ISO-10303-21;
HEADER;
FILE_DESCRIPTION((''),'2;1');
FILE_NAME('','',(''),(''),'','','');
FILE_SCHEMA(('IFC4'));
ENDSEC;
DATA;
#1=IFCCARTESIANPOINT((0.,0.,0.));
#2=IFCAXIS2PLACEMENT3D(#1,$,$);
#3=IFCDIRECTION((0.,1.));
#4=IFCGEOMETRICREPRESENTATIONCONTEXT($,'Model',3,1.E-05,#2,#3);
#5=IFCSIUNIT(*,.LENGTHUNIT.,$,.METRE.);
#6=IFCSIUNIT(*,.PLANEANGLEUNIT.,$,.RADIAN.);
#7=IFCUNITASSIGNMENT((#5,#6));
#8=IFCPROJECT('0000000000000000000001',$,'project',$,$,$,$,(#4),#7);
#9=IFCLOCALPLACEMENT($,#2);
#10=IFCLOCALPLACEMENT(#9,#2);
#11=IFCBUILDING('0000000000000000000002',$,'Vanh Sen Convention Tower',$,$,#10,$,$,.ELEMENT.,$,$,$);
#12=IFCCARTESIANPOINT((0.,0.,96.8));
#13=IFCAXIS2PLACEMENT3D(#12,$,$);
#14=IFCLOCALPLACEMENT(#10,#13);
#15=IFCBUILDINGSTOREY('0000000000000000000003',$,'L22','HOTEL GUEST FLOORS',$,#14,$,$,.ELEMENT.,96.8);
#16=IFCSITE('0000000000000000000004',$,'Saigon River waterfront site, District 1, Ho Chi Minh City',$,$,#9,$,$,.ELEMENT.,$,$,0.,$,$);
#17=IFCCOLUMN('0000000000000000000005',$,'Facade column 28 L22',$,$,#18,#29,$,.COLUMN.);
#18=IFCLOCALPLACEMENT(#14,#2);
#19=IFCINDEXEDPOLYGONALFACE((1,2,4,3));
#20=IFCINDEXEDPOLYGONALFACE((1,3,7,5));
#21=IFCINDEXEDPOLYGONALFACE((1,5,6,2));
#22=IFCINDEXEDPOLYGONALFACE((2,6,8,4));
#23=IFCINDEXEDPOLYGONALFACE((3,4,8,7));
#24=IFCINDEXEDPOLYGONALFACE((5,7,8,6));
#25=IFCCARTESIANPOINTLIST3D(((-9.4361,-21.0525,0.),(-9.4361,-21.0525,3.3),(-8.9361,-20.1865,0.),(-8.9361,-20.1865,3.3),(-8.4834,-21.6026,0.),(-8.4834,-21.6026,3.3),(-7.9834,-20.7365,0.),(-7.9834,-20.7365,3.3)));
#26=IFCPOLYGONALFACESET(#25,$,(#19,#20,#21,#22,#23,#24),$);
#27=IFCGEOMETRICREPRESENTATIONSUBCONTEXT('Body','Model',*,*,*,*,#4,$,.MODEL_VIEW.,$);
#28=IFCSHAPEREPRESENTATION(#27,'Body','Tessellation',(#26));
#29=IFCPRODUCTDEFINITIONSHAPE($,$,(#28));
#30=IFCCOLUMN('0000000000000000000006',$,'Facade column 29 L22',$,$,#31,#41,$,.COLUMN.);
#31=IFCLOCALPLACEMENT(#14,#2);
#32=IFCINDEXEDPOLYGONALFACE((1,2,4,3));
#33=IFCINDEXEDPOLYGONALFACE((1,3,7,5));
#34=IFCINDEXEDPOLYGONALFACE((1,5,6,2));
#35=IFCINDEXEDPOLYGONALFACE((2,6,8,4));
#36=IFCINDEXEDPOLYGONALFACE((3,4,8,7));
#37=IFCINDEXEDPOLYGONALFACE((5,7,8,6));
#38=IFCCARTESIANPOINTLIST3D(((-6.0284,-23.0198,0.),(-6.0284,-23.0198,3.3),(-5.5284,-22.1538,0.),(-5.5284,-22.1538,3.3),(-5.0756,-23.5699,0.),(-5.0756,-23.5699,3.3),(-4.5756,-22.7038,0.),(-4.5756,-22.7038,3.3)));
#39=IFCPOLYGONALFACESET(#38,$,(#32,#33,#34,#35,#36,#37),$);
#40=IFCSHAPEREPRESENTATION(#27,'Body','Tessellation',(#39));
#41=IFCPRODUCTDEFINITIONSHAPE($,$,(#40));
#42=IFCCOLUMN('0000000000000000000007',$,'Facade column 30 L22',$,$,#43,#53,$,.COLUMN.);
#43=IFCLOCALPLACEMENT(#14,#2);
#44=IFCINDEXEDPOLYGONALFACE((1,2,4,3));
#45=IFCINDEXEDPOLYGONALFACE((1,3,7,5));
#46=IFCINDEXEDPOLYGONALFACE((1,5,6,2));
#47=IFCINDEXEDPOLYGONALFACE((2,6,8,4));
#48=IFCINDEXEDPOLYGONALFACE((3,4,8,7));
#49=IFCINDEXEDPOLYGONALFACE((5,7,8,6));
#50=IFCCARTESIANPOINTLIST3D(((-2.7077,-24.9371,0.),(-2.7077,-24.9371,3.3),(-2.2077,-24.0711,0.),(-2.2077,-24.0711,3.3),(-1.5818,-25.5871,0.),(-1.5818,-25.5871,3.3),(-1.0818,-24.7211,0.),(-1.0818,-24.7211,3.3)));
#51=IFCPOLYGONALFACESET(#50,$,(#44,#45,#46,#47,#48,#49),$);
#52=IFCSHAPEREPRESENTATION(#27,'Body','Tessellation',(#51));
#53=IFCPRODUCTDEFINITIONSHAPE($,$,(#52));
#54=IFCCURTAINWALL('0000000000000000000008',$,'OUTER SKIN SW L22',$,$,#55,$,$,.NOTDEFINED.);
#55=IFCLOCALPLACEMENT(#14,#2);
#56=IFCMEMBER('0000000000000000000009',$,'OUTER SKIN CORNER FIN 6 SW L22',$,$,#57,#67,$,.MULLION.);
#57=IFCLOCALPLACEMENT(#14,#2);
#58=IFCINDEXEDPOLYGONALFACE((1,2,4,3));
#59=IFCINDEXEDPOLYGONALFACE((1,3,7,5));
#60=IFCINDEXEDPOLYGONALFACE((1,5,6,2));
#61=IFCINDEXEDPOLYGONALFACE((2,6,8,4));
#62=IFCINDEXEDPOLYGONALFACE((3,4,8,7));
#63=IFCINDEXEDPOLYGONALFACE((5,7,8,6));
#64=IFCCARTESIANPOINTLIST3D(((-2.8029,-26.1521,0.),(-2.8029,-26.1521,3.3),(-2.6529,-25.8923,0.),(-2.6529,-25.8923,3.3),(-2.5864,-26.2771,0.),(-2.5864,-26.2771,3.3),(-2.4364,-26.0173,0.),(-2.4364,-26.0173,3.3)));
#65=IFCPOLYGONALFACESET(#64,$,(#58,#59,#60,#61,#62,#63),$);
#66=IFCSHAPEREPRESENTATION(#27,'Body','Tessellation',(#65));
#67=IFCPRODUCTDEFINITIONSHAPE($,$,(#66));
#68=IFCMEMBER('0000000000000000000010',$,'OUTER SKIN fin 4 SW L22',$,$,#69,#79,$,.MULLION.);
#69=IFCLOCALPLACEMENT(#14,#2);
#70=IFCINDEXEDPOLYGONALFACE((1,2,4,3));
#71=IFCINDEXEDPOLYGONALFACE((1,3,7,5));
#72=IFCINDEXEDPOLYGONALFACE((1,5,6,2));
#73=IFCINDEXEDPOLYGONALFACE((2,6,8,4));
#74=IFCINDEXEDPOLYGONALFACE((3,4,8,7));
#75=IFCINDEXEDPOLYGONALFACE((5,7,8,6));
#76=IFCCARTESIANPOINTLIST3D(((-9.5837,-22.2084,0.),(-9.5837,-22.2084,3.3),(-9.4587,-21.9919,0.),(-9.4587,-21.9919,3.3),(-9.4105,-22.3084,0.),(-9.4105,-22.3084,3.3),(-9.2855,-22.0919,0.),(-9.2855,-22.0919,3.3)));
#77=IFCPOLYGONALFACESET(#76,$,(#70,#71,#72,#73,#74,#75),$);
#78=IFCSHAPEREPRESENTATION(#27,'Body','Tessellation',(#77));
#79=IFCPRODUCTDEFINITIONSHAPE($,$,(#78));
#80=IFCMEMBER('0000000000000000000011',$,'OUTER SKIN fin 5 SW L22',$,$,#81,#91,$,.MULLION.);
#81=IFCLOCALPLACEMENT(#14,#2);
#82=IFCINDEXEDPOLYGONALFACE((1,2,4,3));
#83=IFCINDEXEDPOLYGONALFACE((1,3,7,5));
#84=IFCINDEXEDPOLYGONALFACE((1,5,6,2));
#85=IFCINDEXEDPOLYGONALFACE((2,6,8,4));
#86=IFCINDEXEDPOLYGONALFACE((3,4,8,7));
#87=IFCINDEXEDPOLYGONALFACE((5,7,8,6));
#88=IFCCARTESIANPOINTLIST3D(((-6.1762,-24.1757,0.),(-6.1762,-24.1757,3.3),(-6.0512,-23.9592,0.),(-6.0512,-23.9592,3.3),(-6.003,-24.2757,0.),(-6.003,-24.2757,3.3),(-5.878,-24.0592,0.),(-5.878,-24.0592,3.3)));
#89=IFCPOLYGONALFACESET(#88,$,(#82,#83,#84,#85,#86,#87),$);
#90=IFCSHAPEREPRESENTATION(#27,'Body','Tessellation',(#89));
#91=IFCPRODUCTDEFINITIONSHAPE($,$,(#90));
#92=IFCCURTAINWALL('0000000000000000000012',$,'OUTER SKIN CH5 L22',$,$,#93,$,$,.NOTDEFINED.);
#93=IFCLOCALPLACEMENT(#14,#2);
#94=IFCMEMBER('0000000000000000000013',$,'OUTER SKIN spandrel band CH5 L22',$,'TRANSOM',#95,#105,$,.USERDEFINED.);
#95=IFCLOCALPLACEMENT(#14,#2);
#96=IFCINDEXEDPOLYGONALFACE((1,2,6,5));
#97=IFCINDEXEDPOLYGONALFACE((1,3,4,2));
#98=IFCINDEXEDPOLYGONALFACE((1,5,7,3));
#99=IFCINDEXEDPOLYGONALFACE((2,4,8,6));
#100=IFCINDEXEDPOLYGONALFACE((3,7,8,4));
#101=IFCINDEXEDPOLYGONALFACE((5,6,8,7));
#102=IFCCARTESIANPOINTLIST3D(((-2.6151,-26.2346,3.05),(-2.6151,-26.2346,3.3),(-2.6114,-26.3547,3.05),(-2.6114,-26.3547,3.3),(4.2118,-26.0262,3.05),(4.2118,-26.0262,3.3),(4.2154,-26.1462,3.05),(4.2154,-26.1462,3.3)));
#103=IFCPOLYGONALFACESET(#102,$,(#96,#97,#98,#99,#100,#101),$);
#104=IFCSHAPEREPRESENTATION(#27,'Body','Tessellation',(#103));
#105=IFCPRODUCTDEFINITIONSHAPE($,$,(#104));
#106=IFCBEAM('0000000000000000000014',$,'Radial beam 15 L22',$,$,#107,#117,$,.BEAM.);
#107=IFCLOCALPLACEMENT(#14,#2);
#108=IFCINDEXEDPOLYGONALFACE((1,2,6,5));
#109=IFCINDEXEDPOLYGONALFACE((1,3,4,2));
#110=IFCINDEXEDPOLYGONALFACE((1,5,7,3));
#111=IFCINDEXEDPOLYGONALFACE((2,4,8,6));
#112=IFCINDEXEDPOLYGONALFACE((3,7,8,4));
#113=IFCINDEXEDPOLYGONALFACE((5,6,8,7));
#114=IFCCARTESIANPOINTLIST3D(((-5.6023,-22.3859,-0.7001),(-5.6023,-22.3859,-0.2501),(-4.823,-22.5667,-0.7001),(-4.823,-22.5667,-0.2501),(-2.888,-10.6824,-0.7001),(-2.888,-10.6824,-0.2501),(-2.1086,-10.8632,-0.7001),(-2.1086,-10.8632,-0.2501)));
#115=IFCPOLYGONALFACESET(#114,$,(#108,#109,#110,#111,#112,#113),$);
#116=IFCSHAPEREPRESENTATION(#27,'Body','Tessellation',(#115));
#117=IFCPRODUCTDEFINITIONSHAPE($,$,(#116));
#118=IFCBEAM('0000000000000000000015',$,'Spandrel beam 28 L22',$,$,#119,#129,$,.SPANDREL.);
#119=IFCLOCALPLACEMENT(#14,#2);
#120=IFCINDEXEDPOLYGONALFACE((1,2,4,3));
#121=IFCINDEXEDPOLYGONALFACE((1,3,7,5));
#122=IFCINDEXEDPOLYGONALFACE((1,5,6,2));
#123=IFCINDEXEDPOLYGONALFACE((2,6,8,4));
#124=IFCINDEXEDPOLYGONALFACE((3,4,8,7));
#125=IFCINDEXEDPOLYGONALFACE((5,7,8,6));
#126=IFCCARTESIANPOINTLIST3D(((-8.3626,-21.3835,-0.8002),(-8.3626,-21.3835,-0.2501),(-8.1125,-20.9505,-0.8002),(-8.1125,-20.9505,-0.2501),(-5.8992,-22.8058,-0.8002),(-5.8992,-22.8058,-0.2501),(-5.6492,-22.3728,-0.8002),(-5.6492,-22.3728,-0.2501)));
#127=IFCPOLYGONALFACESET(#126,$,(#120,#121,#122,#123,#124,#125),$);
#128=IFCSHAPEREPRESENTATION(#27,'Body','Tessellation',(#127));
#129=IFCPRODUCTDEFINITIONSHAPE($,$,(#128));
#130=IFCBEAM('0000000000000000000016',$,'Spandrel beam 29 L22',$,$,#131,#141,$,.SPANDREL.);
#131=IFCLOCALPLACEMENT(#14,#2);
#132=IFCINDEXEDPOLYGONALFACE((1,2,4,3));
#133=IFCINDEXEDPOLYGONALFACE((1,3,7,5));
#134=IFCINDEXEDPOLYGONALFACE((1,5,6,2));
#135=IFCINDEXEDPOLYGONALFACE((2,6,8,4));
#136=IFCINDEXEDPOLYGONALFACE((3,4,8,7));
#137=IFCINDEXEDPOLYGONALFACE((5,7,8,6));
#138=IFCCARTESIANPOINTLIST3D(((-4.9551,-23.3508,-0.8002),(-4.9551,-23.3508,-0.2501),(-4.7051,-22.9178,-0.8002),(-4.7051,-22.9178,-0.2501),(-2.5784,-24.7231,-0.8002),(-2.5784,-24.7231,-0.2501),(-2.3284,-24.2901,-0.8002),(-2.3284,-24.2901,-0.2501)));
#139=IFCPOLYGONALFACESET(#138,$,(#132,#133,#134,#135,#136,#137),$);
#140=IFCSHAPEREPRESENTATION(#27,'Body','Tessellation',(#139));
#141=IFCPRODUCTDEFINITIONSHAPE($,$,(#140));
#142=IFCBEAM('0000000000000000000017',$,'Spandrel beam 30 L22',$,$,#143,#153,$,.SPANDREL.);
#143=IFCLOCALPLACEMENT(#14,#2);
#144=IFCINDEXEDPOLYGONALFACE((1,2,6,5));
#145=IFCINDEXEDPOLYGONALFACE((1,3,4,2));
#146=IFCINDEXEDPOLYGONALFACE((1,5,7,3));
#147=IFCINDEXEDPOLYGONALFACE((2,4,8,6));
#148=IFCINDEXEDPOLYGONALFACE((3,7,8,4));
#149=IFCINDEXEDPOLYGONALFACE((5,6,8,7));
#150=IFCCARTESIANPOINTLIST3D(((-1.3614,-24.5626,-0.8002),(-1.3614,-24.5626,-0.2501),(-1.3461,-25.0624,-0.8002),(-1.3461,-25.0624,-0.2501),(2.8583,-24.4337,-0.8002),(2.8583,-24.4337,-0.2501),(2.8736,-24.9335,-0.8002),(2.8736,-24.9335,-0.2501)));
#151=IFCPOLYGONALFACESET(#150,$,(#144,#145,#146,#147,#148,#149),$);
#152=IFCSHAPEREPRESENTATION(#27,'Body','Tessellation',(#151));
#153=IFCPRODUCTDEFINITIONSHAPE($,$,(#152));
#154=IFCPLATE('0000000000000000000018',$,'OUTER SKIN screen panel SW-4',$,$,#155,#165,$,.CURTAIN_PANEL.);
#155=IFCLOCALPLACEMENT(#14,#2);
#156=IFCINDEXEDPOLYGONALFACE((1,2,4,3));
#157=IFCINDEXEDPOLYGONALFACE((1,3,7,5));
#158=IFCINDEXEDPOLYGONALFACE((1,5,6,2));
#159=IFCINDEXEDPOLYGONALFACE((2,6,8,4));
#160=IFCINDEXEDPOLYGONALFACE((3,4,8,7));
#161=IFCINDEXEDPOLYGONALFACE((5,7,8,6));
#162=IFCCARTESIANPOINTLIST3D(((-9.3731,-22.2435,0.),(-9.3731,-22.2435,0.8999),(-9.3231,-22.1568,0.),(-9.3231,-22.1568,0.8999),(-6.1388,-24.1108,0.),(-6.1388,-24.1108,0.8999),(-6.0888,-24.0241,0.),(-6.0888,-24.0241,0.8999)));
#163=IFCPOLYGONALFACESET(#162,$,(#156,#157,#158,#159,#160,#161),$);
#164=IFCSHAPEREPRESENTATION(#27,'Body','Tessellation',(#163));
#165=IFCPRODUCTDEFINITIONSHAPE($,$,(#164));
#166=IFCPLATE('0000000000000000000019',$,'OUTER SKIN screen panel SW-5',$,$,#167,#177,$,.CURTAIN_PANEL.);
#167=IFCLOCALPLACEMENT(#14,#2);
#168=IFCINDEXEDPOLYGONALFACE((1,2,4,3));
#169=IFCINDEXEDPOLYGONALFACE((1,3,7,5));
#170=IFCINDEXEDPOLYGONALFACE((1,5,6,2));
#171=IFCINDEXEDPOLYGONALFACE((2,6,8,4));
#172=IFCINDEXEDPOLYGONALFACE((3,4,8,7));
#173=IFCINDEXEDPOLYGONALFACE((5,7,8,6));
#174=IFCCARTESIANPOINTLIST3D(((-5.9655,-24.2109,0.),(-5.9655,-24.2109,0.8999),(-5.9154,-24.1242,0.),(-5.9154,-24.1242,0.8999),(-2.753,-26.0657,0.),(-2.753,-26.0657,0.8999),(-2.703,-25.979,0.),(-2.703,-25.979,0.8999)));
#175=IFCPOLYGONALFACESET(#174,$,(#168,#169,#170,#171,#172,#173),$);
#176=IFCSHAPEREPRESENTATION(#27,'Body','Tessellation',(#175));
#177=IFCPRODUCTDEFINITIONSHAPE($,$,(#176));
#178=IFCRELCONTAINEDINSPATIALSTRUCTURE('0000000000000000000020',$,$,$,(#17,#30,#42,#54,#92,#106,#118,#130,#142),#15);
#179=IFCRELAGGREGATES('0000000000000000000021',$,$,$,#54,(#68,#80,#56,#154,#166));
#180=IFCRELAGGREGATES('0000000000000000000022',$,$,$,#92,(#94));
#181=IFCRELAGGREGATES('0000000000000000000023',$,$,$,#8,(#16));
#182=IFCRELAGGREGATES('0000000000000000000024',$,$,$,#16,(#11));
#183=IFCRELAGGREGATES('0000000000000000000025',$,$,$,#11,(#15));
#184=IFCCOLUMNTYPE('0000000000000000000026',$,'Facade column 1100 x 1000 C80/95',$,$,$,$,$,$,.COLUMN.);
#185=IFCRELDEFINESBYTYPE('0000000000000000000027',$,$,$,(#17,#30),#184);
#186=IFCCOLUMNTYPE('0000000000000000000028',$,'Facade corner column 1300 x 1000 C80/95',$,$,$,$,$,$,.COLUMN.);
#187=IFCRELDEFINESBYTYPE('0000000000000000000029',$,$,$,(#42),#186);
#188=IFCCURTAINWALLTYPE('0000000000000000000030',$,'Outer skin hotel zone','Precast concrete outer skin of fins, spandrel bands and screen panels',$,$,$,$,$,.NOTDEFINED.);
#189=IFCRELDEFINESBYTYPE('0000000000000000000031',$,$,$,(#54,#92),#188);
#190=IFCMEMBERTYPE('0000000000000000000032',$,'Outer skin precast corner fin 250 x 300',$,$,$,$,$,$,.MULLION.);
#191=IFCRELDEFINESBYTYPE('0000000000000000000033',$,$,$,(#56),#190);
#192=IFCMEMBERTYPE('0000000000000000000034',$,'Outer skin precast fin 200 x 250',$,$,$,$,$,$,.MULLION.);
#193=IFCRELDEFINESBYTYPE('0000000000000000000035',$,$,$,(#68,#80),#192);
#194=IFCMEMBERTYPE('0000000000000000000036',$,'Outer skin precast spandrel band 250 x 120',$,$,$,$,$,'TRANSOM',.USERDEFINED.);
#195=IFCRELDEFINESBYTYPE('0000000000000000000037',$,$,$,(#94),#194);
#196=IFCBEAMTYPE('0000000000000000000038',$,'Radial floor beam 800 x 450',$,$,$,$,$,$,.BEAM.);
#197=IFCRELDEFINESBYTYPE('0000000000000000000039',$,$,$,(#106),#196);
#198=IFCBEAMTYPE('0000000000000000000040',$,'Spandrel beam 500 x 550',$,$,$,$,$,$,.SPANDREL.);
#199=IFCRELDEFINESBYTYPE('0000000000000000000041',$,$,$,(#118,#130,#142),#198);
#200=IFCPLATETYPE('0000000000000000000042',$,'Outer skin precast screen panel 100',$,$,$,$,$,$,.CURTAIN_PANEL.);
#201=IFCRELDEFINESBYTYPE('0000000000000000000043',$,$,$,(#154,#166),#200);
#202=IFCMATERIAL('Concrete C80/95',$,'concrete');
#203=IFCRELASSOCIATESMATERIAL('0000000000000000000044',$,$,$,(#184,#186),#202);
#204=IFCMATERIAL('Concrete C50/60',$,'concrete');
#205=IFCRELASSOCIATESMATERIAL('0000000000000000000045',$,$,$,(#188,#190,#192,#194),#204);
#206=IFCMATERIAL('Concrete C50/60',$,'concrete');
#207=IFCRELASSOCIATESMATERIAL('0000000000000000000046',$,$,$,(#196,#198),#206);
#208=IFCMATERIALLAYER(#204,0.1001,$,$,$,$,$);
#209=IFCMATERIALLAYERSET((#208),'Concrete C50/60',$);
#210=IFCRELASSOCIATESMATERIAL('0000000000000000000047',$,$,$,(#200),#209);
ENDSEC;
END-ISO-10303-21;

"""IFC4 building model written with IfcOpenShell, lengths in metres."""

from ifc_helpers import new_model, si_unit, direction, frame, origin, origin_2d, place, context, subcontext, project, spatial, rectangle, extrude, material, layer, layer_set, material_profile, profile_set, type_object, element, aggregate, save


model = new_model("IFC4")

# Units and contexts
model_context = context("Model", 3, precision=1e-05, world=origin(), true_north=direction((0.0, 1.0)))
body_context = subcontext(model_context, "Body", "Model", "MODEL_VIEW")
ifc_project = project(units=[si_unit("LENGTHUNIT", "METRE"), si_unit("PLANEANGLEUNIT", "RADIAN")], contexts=[model_context])

# Site, building, storey
site_placement = place(None, origin())
site = spatial("IfcSite", under=ifc_project, at=site_placement, Name="Saigon River waterfront site, District 1, Ho Chi Minh City", CompositionType="ELEMENT", RefElevation=0.0)
building_placement = place(site_placement, origin())
building = spatial("IfcBuilding", under=site, at=building_placement, Name="Vanh Sen Convention Tower", CompositionType="ELEMENT")
storey_placement = place(building_placement, frame((0.0, 0.0, 96.8)))
storey = spatial("IfcBuildingStorey", under=building, at=storey_placement, Name="L22", Description="HOTEL GUEST FLOORS", CompositionType="ELEMENT", Elevation=96.8)

# Columns
ifc_material_1 = material(Name="Concrete C80/95", Category="concrete")
ifc_material_profile_1 = material_profile(ifc_material_1, rectangle(XDim=1.1001, YDim=1.0, at=origin_2d()), Name="RC 1100X1000")
ifc_profile_set_1 = profile_set([ifc_material_profile_1], Name="Concrete C80/95")
column_type_1 = type_object("IfcColumnType", Name="Facade column 1100 x 1000 C80/95", PredefinedType="COLUMN", material=ifc_profile_set_1)
for number, where, z_axis, x_axis, name in (
    (1, (-8.7097, -20.8945, 0.0), (0.0, 0.0, 1.0), (0.866025, -0.5, 0.0), "Facade column 28 L22"),
    (2, (-5.302, -22.8618, 0.0), (0.0, 0.0, 1.0), (0.866025, -0.5, 0.0), "Facade column 29 L22"),
):
    element("IfcColumn", number, at=place(storey_placement, frame(where, z_axis=z_axis, x_axis=x_axis)), inside=storey, type_object=column_type_1, Name=name, PredefinedType="COLUMN", context=body_context, shape_type="SweptSolid", body=[
        extrude(rectangle(XDim=1.1001, YDim=1.0, at=origin_2d()), origin(), (0.0, 0.0, 1.0), 3.3),
    ])
ifc_material_profile_2 = material_profile(ifc_material_1, rectangle(XDim=1.3, YDim=1.0, at=origin_2d()), Name="RC 1300X1000")
ifc_profile_set_2 = profile_set([ifc_material_profile_2], Name="Concrete C80/95")
column_type_2 = type_object("IfcColumnType", Name="Facade corner column 1300 x 1000 C80/95", PredefinedType="COLUMN", material=ifc_profile_set_2)
column_placement = place(storey_placement, frame((-1.8948, -24.8291, 0.0), z_axis=(0.0, 0.0, 1.0), x_axis=(0.866025, -0.5, 0.0)))
element("IfcColumn", 3, at=column_placement, inside=storey, type_object=column_type_2, Name="Facade column 30 L22", PredefinedType="COLUMN", context=body_context, shape_type="SweptSolid", body=[
    extrude(rectangle(XDim=1.3, YDim=1.0, at=origin_2d()), origin(), (0.0, 0.0, 1.0), 3.3),
])

# Curtain wall, members
ifc_material_2 = material(Name="Concrete C50/60", Category="concrete")
curtain_wall_type = type_object("IfcCurtainWallType", Name="Outer skin hotel zone", Description="Precast concrete outer skin of fins, spandrel bands and screen panels", PredefinedType="NOTDEFINED", material=ifc_material_2)
curtain_wall_1_placement = place(storey_placement, origin())
curtain_wall_1 = element("IfcCurtainWall", 4, at=curtain_wall_1_placement, inside=storey, type_object=curtain_wall_type, Name="OUTER SKIN SW L22", PredefinedType="NOTDEFINED")
ifc_material_profile_3 = material_profile(ifc_material_2, rectangle(XDim=0.25, YDim=0.3, at=origin_2d()), Name="Outer skin precast corner fin 250 x 300")
ifc_profile_set_3 = profile_set([ifc_material_profile_3], Name="Concrete C50/60")
member_type_1 = type_object("IfcMemberType", Name="Outer skin precast corner fin 250 x 300", PredefinedType="MULLION", material=ifc_profile_set_3)
member_1_placement = place(storey_placement, frame((-2.6196, -26.0847, 0.0), z_axis=(0.0, 0.0, 1.0), x_axis=(0.866025, -0.5, 0.0)))
member_1 = element("IfcMember", 5, at=member_1_placement, type_object=member_type_1, Name="OUTER SKIN CORNER FIN 6 SW L22", PredefinedType="MULLION", context=body_context, shape_type="SweptSolid", body=[
    extrude(rectangle(XDim=0.25, YDim=0.3, at=origin_2d()), origin(), (0.0, 0.0, 1.0), 3.3),
])
ifc_material_profile_4 = material_profile(ifc_material_2, rectangle(XDim=0.2, YDim=0.25, at=origin_2d()), Name="Outer skin precast fin 200 x 250")
ifc_profile_set_4 = profile_set([ifc_material_profile_4], Name="Concrete C50/60")
member_type_2 = type_object("IfcMemberType", Name="Outer skin precast fin 200 x 250", PredefinedType="MULLION", material=ifc_profile_set_4)
member_2_placement = place(storey_placement, frame((-9.4346, -22.1501, 0.0), z_axis=(0.0, 0.0, 1.0), x_axis=(0.866025, -0.5, 0.0)))
member_2 = element("IfcMember", 6, at=member_2_placement, type_object=member_type_2, Name="OUTER SKIN fin 4 SW L22", PredefinedType="MULLION", context=body_context, shape_type="SweptSolid", body=[
    extrude(rectangle(XDim=0.2, YDim=0.25, at=origin_2d()), origin(), (0.0, 0.0, 1.0), 3.3),
])
member_3_placement = place(storey_placement, frame((-6.0271, -24.1174, 0.0), z_axis=(0.0, 0.0, 1.0), x_axis=(0.866025, -0.5, 0.0)))
member_3 = element("IfcMember", 7, at=member_3_placement, type_object=member_type_2, Name="OUTER SKIN fin 5 SW L22", PredefinedType="MULLION", context=body_context, shape_type="SweptSolid", body=[
    extrude(rectangle(XDim=0.2, YDim=0.25, at=origin_2d()), origin(), (0.0, 0.0, 1.0), 3.3),
])

# Curtain wall, member
curtain_wall_2_placement = place(storey_placement, origin())
curtain_wall_2 = element("IfcCurtainWall", 8, at=curtain_wall_2_placement, inside=storey, type_object=curtain_wall_type, Name="OUTER SKIN CH5 L22", PredefinedType="NOTDEFINED")
ifc_material_profile_5 = material_profile(ifc_material_2, rectangle(XDim=0.1201, YDim=0.25, at=origin_2d()), Name="Outer skin precast spandrel band 250 x 120")
ifc_profile_set_5 = profile_set([ifc_material_profile_5], Name="Concrete C50/60")
member_type_3 = type_object("IfcMemberType", Name="Outer skin precast spandrel band 250 x 120", ElementType="TRANSOM", PredefinedType="USERDEFINED", material=ifc_profile_set_5)
member_4_placement = place(storey_placement, frame((-2.6133, -26.2947, 3.175), z_axis=(0.999534, 0.030526, 0.0), x_axis=(-0.030526, 0.999534, 0.0)))
member_4 = element("IfcMember", 9, at=member_4_placement, type_object=member_type_3, Name="OUTER SKIN spandrel band CH5 L22", ObjectType="TRANSOM", PredefinedType="USERDEFINED", context=body_context, shape_type="SweptSolid", body=[
    extrude(rectangle(XDim=0.1201, YDim=0.25, at=origin_2d()), origin(), (0.0, 0.0, 1.0), 6.8301),
])

# Beams
ifc_material_3 = material(Name="Concrete C50/60", Category="concrete")
ifc_material_profile_6 = material_profile(ifc_material_3, rectangle(XDim=0.8, YDim=0.45, at=origin_2d()), Name="RC 800X450")
ifc_profile_set_6 = profile_set([ifc_material_profile_6], Name="Concrete C50/60")
beam_type_1 = type_object("IfcBeamType", Name="Radial floor beam 800 x 450", PredefinedType="BEAM", material=ifc_profile_set_6)
beam_1_placement = place(storey_placement, frame((-5.2126, -22.4763, -0.4751), z_axis=(0.225928, 0.974144, 0.0), x_axis=(-0.974144, 0.225928, 0.0)))
element("IfcBeam", 10, at=beam_1_placement, inside=storey, type_object=beam_type_1, Name="Radial beam 15 L22", PredefinedType="BEAM", context=body_context, shape_type="SweptSolid", body=[
    extrude(rectangle(XDim=0.8, YDim=0.45, at=origin_2d()), origin(), (0.0, 0.0, 1.0), 12.0142),
])
ifc_material_profile_7 = material_profile(ifc_material_3, rectangle(XDim=0.5, YDim=0.55, at=origin_2d()), Name="RC 500X550")
ifc_profile_set_7 = profile_set([ifc_material_profile_7], Name="Concrete C50/60")
beam_type_2 = type_object("IfcBeamType", Name="Spandrel beam 500 x 550", PredefinedType="SPANDREL", material=ifc_profile_set_7)
beam_2_placement = place(storey_placement, frame((-8.2375, -21.167, -0.5251), z_axis=(0.866005, -0.500034, 0.0), x_axis=(0.500034, 0.866005, 0.0)))
element("IfcBeam", 11, at=beam_2_placement, inside=storey, type_object=beam_type_2, Name="Spandrel beam 28 L22", PredefinedType="SPANDREL", context=body_context, shape_type="SweptSolid", body=[
    extrude(rectangle(XDim=0.5, YDim=0.55, at=origin_2d()), origin(), (0.0, 0.0, 1.0), 2.8445),
])
beam_3_placement = place(storey_placement, frame((-4.8301, -23.1343, -0.5251), z_axis=(0.866006, -0.500033, 0.0), x_axis=(0.500033, 0.866006, 0.0)))
element("IfcBeam", 12, at=beam_3_placement, inside=storey, type_object=beam_type_2, Name="Spandrel beam 29 L22", PredefinedType="SPANDREL", context=body_context, shape_type="SweptSolid", body=[
    extrude(rectangle(XDim=0.5, YDim=0.55, at=origin_2d()), origin(), (0.0, 0.0, 1.0), 2.7444),
])
beam_4_placement = place(storey_placement, frame((-1.3538, -24.8125, -0.5251), z_axis=(0.999534, 0.030534, 0.0), x_axis=(-0.030534, 0.999534, 0.0)))
element("IfcBeam", 13, at=beam_4_placement, inside=storey, type_object=beam_type_2, Name="Spandrel beam 30 L22", PredefinedType="SPANDREL", context=body_context, shape_type="SweptSolid", body=[
    extrude(rectangle(XDim=0.5, YDim=0.55, at=origin_2d()), origin(), (0.0, 0.0, 1.0), 4.2217),
])

# Plates
ifc_layer_1 = layer(ifc_material_2, 0.1001)
ifc_layer_set_1 = layer_set([ifc_layer_1], Name="Concrete C50/60")
plate_type = type_object("IfcPlateType", Name="Outer skin precast screen panel 100", PredefinedType="CURTAIN_PANEL", material=ifc_layer_set_1)
plate_1_placement = place(storey_placement, frame((-7.731, -23.1338, 0.0), z_axis=(0.0, 0.0, 1.0), x_axis=(0.866028, -0.499995, 0.0)))
plate_1 = element("IfcPlate", 14, at=plate_1_placement, type_object=plate_type, Name="OUTER SKIN screen panel SW-4", PredefinedType="CURTAIN_PANEL", context=body_context, shape_type="SweptSolid", body=[
    extrude(rectangle(XDim=3.7346, YDim=0.1001, at=origin_2d()), origin(), (0.0, 0.0, 1.0), 0.8999),
])
plate_2_placement = place(storey_placement, frame((-4.3342, -25.095, 0.0), z_axis=(0.0, 0.0, 1.0), x_axis=(0.866021, -0.500008, 0.0)))
plate_2 = element("IfcPlate", 15, at=plate_2_placement, type_object=plate_type, Name="OUTER SKIN screen panel SW-5", PredefinedType="CURTAIN_PANEL", context=body_context, shape_type="SweptSolid", body=[
    extrude(rectangle(XDim=3.7095, YDim=0.1001, at=origin_2d()), origin(), (0.0, 0.0, 1.0), 0.8999),
])
aggregate(curtain_wall_1, [member_2, member_3, member_1, plate_1, plate_2])
aggregate(curtain_wall_2, [member_4])

save(model, "model.ifc")
